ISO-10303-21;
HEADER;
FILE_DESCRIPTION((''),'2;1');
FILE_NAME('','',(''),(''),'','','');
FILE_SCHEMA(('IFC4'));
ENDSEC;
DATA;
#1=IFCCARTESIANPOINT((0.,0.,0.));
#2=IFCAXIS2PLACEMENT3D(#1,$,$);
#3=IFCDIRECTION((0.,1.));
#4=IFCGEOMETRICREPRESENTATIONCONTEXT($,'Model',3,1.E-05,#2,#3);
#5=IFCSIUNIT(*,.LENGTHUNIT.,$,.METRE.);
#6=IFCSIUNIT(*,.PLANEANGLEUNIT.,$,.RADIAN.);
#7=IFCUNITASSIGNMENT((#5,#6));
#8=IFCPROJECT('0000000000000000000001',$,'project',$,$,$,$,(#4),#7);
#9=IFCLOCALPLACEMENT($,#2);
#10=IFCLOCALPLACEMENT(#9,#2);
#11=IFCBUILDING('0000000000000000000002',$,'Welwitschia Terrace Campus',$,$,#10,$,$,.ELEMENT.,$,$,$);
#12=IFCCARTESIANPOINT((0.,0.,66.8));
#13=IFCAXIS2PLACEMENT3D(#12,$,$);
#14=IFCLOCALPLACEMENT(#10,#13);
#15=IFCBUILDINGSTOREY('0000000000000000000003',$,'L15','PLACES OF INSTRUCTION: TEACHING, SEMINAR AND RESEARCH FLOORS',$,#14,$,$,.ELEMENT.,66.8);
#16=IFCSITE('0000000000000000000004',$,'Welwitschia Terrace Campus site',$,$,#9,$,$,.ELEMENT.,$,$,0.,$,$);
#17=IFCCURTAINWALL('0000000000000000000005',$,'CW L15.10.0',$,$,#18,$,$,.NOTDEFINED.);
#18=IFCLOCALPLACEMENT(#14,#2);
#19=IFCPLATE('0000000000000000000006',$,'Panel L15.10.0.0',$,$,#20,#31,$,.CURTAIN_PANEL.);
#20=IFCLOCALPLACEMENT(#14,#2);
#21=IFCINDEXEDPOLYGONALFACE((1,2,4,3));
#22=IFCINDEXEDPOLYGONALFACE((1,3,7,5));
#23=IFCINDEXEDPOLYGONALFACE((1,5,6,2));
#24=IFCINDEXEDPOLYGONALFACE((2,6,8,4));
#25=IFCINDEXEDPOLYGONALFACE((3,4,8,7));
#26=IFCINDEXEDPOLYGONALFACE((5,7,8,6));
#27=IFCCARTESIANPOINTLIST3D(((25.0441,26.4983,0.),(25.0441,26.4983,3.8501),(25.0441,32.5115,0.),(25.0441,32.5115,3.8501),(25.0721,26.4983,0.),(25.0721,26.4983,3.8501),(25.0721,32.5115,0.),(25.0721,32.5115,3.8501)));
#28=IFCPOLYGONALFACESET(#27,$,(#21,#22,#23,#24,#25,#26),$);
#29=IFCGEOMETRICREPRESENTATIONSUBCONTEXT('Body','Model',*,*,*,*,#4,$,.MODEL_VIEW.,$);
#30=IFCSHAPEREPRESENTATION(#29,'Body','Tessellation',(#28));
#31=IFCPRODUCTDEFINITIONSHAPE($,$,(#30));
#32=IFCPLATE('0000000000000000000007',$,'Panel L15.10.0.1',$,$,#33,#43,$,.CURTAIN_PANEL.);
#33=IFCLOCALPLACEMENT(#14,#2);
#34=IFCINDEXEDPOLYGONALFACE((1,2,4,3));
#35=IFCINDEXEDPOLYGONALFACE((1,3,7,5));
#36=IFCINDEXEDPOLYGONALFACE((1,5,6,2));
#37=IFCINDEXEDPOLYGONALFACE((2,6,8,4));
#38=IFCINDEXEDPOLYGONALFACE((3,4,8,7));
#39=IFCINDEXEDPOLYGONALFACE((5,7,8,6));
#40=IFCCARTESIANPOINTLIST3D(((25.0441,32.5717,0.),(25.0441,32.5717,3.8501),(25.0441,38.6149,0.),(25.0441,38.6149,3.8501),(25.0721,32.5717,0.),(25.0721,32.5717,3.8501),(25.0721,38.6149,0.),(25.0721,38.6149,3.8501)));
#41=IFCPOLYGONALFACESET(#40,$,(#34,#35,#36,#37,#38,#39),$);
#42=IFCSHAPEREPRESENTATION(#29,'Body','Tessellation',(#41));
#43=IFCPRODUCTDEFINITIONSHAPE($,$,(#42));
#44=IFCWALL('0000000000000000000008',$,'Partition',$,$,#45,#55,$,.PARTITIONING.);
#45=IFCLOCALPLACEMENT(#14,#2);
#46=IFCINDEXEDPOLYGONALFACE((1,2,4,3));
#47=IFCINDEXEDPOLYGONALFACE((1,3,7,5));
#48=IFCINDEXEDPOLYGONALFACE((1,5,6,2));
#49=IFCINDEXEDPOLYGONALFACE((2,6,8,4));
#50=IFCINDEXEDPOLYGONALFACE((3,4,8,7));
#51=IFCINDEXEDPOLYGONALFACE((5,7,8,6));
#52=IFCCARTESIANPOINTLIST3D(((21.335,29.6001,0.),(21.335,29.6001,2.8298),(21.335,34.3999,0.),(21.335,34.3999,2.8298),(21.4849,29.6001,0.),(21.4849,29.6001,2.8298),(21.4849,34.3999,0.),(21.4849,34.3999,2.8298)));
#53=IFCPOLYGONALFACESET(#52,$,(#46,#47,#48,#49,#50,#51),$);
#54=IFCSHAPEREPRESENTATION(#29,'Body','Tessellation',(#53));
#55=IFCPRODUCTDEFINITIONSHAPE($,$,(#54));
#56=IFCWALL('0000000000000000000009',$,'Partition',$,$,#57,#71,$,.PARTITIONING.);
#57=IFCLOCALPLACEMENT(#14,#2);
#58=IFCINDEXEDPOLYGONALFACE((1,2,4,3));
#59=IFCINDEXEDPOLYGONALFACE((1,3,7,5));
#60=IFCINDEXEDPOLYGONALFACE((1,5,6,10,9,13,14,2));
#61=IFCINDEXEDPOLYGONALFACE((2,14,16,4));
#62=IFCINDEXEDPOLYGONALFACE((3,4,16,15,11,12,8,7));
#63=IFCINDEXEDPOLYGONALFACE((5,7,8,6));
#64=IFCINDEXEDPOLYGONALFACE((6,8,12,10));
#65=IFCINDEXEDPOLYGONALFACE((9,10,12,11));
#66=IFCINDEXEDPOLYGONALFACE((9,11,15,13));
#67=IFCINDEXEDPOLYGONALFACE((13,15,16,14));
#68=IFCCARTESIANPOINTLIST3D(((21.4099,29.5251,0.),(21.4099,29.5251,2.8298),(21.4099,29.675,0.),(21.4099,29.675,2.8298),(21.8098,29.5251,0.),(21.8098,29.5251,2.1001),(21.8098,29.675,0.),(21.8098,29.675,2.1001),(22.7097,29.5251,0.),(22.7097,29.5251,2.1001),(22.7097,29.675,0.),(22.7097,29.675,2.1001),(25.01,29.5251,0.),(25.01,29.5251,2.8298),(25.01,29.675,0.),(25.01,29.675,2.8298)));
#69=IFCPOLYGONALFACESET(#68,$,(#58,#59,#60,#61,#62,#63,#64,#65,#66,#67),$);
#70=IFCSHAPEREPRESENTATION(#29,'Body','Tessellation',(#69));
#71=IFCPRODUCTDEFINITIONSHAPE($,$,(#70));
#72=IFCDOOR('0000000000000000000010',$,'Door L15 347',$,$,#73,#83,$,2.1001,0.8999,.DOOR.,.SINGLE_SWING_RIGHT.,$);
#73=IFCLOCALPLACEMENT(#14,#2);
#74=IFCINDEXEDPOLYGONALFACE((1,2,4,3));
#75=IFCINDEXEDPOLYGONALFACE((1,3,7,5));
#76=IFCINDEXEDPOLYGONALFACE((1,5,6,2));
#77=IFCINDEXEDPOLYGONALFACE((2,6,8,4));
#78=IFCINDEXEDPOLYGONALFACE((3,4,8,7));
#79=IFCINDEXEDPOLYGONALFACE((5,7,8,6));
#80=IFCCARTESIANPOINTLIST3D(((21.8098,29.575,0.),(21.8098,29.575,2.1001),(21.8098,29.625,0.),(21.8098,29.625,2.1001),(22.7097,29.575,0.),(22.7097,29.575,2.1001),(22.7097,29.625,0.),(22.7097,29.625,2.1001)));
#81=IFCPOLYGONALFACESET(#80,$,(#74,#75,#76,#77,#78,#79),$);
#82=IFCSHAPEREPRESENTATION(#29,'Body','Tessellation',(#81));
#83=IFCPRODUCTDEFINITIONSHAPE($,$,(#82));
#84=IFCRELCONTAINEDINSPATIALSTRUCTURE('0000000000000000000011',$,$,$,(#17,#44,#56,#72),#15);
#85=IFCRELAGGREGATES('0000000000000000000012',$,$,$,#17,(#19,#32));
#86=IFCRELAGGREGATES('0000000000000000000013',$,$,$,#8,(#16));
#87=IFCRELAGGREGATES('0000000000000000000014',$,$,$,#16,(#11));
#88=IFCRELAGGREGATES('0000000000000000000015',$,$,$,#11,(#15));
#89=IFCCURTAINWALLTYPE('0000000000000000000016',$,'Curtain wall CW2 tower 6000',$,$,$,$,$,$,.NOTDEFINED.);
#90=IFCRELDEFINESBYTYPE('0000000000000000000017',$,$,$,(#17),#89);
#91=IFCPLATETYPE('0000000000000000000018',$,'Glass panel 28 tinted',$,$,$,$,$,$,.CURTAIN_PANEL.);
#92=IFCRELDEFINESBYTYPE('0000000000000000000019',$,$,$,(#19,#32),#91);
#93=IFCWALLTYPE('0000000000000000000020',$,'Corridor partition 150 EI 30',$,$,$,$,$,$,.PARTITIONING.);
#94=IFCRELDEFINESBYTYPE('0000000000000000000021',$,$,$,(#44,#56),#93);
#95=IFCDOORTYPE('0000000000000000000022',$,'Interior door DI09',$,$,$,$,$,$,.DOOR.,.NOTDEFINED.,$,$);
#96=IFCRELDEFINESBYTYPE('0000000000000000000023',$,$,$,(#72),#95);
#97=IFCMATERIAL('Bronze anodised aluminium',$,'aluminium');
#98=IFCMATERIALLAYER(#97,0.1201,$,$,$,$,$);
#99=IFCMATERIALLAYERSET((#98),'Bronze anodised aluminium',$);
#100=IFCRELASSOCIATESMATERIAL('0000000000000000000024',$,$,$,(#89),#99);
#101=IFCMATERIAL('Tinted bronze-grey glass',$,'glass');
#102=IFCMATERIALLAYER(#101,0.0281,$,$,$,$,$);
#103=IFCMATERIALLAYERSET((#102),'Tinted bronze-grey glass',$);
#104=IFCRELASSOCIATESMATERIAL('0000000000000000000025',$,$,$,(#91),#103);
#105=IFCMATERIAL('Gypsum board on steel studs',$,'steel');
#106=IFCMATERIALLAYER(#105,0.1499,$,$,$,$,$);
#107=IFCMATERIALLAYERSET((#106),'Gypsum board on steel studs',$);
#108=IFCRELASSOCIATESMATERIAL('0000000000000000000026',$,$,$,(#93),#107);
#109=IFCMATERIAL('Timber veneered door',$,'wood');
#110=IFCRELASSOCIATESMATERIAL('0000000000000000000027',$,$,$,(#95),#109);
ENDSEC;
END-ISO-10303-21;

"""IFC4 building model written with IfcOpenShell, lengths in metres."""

from ifc_helpers import new_model, si_unit, direction, frame, frame_2d, origin, origin_2d, place, context, subcontext, project, spatial, rectangle, extrude, material, layer, layer_set, type_object, element, fill, aggregate, save


model = new_model("IFC4")

# Units and contexts
model_context = context("Model", 3, precision=1e-05, world=origin(), true_north=direction((0.0, 1.0)))
body_context = subcontext(model_context, "Body", "Model", "MODEL_VIEW")
ifc_project = project(units=[si_unit("LENGTHUNIT", "METRE"), si_unit("PLANEANGLEUNIT", "RADIAN")], contexts=[model_context])

# Site, building, storey
site_placement = place(None, origin())
site = spatial("IfcSite", under=ifc_project, at=site_placement, Name="Welwitschia Terrace Campus site", CompositionType="ELEMENT", RefElevation=0.0)
building_placement = place(site_placement, origin())
building = spatial("IfcBuilding", under=site, at=building_placement, Name="Welwitschia Terrace Campus", CompositionType="ELEMENT")
storey_placement = place(building_placement, frame((0.0, 0.0, 66.8)))
storey = spatial("IfcBuildingStorey", under=building, at=storey_placement, Name="L15", Description="PLACES OF INSTRUCTION: TEACHING, SEMINAR AND RESEARCH FLOORS", CompositionType="ELEMENT", Elevation=66.8)

# Curtain wall
ifc_material_1 = material(Name="Bronze anodised aluminium", Category="aluminium")
ifc_layer_1 = layer(ifc_material_1, 0.1201)
ifc_layer_set_1 = layer_set([ifc_layer_1], Name="Bronze anodised aluminium")
curtain_wall_type = type_object("IfcCurtainWallType", Name="Curtain wall CW2 tower 6000", PredefinedType="NOTDEFINED", material=ifc_layer_set_1)
curtain_wall_placement = place(storey_placement, origin())
curtain_wall = element("IfcCurtainWall", 1, at=curtain_wall_placement, inside=storey, type_object=curtain_wall_type, Name="CW L15.10.0", PredefinedType="NOTDEFINED")

# Plates
ifc_material_2 = material(Name="Tinted bronze-grey glass", Category="glass")
ifc_layer_2 = layer(ifc_material_2, 0.0281)
ifc_layer_set_2 = layer_set([ifc_layer_2], Name="Tinted bronze-grey glass")
plate_type = type_object("IfcPlateType", Name="Glass panel 28 tinted", PredefinedType="CURTAIN_PANEL", material=ifc_layer_set_2)
plate_1_placement = place(storey_placement, frame((25.0581, 29.5049, 0.0), z_axis=(0.0, 0.0, 1.0), x_axis=(0.0, 1.0, 0.0)))
plate_1 = element("IfcPlate", 2, at=plate_1_placement, type_object=plate_type, Name="Panel L15.10.0.0", PredefinedType="CURTAIN_PANEL", context=body_context, shape_type="SweptSolid", body=[
    extrude(rectangle(XDim=6.0132, YDim=0.0281, at=origin_2d()), origin(), (0.0, 0.0, 1.0), 3.8501),
])
plate_2_placement = place(storey_placement, frame((25.0581, 35.5933, 0.0), z_axis=(0.0, 0.0, 1.0), x_axis=(0.0, 1.0, 0.0)))
plate_2 = element("IfcPlate", 3, at=plate_2_placement, type_object=plate_type, Name="Panel L15.10.0.1", PredefinedType="CURTAIN_PANEL", context=body_context, shape_type="SweptSolid", body=[
    extrude(rectangle(XDim=6.0432, YDim=0.0281, at=origin_2d()), origin(), (0.0, 0.0, 1.0), 3.8501),
])
aggregate(curtain_wall, [plate_1, plate_2])

# Wall
ifc_material_3 = material(Name="Gypsum board on steel studs", Category="steel")
ifc_layer_3 = layer(ifc_material_3, 0.1499)
ifc_layer_set_3 = layer_set([ifc_layer_3], Name="Gypsum board on steel studs")
wall_type = type_object("IfcWallType", Name="Corridor partition 150 EI 30", PredefinedType="PARTITIONING", material=ifc_layer_set_3)
wall_1_placement = place(storey_placement, frame((21.4099, 29.6001, 0.0), z_axis=(0.0, 0.0, 1.0), x_axis=(0.0, 1.0, 0.0)))
element("IfcWall", 4, at=wall_1_placement, inside=storey, type_object=wall_type, Name="Partition", PredefinedType="PARTITIONING", context=body_context, shape_type="SweptSolid", body=[
    extrude(rectangle(XDim=4.7998, YDim=0.1499, at=frame_2d((2.3999, 0.0))), origin(), (0.0, 0.0, 1.0), 2.8298),
])

# Wall, opening, door
wall_2_placement = place(storey_placement, frame((21.4099, 29.6001, 0.0), z_axis=(0.0, 0.0, 1.0), x_axis=(1.0, 0.0, 0.0)))
wall_2 = element("IfcWall", 5, at=wall_2_placement, inside=storey, type_object=wall_type, Name="Partition", PredefinedType="PARTITIONING", context=body_context, shape_type="SweptSolid", body=[
    extrude(rectangle(XDim=3.6001, YDim=0.1499, at=frame_2d((1.8, 0.0))), origin(), (0.0, 0.0, 1.0), 2.8298),
])
opening_placement = place(wall_2_placement, frame((0.3999, 0.0, 0.0)))
opening = element("IfcOpeningElement", 6, at=opening_placement, cuts=wall_2, PredefinedType="OPENING", context=body_context, shape_type="SweptSolid", body=[
    extrude(rectangle(XDim=0.8999, YDim=2.1001, at=frame_2d((0.45, 1.05))), frame((0.0, 0.085, 0.0), z_axis=(0.0, -1.0, 0.0), x_axis=(1.0, 0.0, 0.0)), (0.0, 0.0, 1.0), 0.1699),
])
ifc_material_4 = material(Name="Timber veneered door", Category="wood")
door_type = type_object("IfcDoorType", Name="Interior door DI09", OperationType="NOTDEFINED", PredefinedType="DOOR", material=ifc_material_4)
door_placement = place(opening_placement, origin())
door = element("IfcDoor", 7, at=door_placement, inside=storey, type_object=door_type, Name="Door L15 347", OperationType="SINGLE_SWING_RIGHT", OverallHeight=2.1001, OverallWidth=0.8999, PredefinedType="DOOR", context=body_context, shape_type="SweptSolid", body=[
    extrude(rectangle(XDim=0.8999, YDim=2.1001, at=frame_2d((0.45, 1.05))), frame((0.0, 0.0249, 0.0), z_axis=(0.0, -1.0, 0.0), x_axis=(1.0, 0.0, 0.0)), (0.0, 0.0, 1.0), 0.05),
])
fill(opening, door)

save(model, "model.ifc")
